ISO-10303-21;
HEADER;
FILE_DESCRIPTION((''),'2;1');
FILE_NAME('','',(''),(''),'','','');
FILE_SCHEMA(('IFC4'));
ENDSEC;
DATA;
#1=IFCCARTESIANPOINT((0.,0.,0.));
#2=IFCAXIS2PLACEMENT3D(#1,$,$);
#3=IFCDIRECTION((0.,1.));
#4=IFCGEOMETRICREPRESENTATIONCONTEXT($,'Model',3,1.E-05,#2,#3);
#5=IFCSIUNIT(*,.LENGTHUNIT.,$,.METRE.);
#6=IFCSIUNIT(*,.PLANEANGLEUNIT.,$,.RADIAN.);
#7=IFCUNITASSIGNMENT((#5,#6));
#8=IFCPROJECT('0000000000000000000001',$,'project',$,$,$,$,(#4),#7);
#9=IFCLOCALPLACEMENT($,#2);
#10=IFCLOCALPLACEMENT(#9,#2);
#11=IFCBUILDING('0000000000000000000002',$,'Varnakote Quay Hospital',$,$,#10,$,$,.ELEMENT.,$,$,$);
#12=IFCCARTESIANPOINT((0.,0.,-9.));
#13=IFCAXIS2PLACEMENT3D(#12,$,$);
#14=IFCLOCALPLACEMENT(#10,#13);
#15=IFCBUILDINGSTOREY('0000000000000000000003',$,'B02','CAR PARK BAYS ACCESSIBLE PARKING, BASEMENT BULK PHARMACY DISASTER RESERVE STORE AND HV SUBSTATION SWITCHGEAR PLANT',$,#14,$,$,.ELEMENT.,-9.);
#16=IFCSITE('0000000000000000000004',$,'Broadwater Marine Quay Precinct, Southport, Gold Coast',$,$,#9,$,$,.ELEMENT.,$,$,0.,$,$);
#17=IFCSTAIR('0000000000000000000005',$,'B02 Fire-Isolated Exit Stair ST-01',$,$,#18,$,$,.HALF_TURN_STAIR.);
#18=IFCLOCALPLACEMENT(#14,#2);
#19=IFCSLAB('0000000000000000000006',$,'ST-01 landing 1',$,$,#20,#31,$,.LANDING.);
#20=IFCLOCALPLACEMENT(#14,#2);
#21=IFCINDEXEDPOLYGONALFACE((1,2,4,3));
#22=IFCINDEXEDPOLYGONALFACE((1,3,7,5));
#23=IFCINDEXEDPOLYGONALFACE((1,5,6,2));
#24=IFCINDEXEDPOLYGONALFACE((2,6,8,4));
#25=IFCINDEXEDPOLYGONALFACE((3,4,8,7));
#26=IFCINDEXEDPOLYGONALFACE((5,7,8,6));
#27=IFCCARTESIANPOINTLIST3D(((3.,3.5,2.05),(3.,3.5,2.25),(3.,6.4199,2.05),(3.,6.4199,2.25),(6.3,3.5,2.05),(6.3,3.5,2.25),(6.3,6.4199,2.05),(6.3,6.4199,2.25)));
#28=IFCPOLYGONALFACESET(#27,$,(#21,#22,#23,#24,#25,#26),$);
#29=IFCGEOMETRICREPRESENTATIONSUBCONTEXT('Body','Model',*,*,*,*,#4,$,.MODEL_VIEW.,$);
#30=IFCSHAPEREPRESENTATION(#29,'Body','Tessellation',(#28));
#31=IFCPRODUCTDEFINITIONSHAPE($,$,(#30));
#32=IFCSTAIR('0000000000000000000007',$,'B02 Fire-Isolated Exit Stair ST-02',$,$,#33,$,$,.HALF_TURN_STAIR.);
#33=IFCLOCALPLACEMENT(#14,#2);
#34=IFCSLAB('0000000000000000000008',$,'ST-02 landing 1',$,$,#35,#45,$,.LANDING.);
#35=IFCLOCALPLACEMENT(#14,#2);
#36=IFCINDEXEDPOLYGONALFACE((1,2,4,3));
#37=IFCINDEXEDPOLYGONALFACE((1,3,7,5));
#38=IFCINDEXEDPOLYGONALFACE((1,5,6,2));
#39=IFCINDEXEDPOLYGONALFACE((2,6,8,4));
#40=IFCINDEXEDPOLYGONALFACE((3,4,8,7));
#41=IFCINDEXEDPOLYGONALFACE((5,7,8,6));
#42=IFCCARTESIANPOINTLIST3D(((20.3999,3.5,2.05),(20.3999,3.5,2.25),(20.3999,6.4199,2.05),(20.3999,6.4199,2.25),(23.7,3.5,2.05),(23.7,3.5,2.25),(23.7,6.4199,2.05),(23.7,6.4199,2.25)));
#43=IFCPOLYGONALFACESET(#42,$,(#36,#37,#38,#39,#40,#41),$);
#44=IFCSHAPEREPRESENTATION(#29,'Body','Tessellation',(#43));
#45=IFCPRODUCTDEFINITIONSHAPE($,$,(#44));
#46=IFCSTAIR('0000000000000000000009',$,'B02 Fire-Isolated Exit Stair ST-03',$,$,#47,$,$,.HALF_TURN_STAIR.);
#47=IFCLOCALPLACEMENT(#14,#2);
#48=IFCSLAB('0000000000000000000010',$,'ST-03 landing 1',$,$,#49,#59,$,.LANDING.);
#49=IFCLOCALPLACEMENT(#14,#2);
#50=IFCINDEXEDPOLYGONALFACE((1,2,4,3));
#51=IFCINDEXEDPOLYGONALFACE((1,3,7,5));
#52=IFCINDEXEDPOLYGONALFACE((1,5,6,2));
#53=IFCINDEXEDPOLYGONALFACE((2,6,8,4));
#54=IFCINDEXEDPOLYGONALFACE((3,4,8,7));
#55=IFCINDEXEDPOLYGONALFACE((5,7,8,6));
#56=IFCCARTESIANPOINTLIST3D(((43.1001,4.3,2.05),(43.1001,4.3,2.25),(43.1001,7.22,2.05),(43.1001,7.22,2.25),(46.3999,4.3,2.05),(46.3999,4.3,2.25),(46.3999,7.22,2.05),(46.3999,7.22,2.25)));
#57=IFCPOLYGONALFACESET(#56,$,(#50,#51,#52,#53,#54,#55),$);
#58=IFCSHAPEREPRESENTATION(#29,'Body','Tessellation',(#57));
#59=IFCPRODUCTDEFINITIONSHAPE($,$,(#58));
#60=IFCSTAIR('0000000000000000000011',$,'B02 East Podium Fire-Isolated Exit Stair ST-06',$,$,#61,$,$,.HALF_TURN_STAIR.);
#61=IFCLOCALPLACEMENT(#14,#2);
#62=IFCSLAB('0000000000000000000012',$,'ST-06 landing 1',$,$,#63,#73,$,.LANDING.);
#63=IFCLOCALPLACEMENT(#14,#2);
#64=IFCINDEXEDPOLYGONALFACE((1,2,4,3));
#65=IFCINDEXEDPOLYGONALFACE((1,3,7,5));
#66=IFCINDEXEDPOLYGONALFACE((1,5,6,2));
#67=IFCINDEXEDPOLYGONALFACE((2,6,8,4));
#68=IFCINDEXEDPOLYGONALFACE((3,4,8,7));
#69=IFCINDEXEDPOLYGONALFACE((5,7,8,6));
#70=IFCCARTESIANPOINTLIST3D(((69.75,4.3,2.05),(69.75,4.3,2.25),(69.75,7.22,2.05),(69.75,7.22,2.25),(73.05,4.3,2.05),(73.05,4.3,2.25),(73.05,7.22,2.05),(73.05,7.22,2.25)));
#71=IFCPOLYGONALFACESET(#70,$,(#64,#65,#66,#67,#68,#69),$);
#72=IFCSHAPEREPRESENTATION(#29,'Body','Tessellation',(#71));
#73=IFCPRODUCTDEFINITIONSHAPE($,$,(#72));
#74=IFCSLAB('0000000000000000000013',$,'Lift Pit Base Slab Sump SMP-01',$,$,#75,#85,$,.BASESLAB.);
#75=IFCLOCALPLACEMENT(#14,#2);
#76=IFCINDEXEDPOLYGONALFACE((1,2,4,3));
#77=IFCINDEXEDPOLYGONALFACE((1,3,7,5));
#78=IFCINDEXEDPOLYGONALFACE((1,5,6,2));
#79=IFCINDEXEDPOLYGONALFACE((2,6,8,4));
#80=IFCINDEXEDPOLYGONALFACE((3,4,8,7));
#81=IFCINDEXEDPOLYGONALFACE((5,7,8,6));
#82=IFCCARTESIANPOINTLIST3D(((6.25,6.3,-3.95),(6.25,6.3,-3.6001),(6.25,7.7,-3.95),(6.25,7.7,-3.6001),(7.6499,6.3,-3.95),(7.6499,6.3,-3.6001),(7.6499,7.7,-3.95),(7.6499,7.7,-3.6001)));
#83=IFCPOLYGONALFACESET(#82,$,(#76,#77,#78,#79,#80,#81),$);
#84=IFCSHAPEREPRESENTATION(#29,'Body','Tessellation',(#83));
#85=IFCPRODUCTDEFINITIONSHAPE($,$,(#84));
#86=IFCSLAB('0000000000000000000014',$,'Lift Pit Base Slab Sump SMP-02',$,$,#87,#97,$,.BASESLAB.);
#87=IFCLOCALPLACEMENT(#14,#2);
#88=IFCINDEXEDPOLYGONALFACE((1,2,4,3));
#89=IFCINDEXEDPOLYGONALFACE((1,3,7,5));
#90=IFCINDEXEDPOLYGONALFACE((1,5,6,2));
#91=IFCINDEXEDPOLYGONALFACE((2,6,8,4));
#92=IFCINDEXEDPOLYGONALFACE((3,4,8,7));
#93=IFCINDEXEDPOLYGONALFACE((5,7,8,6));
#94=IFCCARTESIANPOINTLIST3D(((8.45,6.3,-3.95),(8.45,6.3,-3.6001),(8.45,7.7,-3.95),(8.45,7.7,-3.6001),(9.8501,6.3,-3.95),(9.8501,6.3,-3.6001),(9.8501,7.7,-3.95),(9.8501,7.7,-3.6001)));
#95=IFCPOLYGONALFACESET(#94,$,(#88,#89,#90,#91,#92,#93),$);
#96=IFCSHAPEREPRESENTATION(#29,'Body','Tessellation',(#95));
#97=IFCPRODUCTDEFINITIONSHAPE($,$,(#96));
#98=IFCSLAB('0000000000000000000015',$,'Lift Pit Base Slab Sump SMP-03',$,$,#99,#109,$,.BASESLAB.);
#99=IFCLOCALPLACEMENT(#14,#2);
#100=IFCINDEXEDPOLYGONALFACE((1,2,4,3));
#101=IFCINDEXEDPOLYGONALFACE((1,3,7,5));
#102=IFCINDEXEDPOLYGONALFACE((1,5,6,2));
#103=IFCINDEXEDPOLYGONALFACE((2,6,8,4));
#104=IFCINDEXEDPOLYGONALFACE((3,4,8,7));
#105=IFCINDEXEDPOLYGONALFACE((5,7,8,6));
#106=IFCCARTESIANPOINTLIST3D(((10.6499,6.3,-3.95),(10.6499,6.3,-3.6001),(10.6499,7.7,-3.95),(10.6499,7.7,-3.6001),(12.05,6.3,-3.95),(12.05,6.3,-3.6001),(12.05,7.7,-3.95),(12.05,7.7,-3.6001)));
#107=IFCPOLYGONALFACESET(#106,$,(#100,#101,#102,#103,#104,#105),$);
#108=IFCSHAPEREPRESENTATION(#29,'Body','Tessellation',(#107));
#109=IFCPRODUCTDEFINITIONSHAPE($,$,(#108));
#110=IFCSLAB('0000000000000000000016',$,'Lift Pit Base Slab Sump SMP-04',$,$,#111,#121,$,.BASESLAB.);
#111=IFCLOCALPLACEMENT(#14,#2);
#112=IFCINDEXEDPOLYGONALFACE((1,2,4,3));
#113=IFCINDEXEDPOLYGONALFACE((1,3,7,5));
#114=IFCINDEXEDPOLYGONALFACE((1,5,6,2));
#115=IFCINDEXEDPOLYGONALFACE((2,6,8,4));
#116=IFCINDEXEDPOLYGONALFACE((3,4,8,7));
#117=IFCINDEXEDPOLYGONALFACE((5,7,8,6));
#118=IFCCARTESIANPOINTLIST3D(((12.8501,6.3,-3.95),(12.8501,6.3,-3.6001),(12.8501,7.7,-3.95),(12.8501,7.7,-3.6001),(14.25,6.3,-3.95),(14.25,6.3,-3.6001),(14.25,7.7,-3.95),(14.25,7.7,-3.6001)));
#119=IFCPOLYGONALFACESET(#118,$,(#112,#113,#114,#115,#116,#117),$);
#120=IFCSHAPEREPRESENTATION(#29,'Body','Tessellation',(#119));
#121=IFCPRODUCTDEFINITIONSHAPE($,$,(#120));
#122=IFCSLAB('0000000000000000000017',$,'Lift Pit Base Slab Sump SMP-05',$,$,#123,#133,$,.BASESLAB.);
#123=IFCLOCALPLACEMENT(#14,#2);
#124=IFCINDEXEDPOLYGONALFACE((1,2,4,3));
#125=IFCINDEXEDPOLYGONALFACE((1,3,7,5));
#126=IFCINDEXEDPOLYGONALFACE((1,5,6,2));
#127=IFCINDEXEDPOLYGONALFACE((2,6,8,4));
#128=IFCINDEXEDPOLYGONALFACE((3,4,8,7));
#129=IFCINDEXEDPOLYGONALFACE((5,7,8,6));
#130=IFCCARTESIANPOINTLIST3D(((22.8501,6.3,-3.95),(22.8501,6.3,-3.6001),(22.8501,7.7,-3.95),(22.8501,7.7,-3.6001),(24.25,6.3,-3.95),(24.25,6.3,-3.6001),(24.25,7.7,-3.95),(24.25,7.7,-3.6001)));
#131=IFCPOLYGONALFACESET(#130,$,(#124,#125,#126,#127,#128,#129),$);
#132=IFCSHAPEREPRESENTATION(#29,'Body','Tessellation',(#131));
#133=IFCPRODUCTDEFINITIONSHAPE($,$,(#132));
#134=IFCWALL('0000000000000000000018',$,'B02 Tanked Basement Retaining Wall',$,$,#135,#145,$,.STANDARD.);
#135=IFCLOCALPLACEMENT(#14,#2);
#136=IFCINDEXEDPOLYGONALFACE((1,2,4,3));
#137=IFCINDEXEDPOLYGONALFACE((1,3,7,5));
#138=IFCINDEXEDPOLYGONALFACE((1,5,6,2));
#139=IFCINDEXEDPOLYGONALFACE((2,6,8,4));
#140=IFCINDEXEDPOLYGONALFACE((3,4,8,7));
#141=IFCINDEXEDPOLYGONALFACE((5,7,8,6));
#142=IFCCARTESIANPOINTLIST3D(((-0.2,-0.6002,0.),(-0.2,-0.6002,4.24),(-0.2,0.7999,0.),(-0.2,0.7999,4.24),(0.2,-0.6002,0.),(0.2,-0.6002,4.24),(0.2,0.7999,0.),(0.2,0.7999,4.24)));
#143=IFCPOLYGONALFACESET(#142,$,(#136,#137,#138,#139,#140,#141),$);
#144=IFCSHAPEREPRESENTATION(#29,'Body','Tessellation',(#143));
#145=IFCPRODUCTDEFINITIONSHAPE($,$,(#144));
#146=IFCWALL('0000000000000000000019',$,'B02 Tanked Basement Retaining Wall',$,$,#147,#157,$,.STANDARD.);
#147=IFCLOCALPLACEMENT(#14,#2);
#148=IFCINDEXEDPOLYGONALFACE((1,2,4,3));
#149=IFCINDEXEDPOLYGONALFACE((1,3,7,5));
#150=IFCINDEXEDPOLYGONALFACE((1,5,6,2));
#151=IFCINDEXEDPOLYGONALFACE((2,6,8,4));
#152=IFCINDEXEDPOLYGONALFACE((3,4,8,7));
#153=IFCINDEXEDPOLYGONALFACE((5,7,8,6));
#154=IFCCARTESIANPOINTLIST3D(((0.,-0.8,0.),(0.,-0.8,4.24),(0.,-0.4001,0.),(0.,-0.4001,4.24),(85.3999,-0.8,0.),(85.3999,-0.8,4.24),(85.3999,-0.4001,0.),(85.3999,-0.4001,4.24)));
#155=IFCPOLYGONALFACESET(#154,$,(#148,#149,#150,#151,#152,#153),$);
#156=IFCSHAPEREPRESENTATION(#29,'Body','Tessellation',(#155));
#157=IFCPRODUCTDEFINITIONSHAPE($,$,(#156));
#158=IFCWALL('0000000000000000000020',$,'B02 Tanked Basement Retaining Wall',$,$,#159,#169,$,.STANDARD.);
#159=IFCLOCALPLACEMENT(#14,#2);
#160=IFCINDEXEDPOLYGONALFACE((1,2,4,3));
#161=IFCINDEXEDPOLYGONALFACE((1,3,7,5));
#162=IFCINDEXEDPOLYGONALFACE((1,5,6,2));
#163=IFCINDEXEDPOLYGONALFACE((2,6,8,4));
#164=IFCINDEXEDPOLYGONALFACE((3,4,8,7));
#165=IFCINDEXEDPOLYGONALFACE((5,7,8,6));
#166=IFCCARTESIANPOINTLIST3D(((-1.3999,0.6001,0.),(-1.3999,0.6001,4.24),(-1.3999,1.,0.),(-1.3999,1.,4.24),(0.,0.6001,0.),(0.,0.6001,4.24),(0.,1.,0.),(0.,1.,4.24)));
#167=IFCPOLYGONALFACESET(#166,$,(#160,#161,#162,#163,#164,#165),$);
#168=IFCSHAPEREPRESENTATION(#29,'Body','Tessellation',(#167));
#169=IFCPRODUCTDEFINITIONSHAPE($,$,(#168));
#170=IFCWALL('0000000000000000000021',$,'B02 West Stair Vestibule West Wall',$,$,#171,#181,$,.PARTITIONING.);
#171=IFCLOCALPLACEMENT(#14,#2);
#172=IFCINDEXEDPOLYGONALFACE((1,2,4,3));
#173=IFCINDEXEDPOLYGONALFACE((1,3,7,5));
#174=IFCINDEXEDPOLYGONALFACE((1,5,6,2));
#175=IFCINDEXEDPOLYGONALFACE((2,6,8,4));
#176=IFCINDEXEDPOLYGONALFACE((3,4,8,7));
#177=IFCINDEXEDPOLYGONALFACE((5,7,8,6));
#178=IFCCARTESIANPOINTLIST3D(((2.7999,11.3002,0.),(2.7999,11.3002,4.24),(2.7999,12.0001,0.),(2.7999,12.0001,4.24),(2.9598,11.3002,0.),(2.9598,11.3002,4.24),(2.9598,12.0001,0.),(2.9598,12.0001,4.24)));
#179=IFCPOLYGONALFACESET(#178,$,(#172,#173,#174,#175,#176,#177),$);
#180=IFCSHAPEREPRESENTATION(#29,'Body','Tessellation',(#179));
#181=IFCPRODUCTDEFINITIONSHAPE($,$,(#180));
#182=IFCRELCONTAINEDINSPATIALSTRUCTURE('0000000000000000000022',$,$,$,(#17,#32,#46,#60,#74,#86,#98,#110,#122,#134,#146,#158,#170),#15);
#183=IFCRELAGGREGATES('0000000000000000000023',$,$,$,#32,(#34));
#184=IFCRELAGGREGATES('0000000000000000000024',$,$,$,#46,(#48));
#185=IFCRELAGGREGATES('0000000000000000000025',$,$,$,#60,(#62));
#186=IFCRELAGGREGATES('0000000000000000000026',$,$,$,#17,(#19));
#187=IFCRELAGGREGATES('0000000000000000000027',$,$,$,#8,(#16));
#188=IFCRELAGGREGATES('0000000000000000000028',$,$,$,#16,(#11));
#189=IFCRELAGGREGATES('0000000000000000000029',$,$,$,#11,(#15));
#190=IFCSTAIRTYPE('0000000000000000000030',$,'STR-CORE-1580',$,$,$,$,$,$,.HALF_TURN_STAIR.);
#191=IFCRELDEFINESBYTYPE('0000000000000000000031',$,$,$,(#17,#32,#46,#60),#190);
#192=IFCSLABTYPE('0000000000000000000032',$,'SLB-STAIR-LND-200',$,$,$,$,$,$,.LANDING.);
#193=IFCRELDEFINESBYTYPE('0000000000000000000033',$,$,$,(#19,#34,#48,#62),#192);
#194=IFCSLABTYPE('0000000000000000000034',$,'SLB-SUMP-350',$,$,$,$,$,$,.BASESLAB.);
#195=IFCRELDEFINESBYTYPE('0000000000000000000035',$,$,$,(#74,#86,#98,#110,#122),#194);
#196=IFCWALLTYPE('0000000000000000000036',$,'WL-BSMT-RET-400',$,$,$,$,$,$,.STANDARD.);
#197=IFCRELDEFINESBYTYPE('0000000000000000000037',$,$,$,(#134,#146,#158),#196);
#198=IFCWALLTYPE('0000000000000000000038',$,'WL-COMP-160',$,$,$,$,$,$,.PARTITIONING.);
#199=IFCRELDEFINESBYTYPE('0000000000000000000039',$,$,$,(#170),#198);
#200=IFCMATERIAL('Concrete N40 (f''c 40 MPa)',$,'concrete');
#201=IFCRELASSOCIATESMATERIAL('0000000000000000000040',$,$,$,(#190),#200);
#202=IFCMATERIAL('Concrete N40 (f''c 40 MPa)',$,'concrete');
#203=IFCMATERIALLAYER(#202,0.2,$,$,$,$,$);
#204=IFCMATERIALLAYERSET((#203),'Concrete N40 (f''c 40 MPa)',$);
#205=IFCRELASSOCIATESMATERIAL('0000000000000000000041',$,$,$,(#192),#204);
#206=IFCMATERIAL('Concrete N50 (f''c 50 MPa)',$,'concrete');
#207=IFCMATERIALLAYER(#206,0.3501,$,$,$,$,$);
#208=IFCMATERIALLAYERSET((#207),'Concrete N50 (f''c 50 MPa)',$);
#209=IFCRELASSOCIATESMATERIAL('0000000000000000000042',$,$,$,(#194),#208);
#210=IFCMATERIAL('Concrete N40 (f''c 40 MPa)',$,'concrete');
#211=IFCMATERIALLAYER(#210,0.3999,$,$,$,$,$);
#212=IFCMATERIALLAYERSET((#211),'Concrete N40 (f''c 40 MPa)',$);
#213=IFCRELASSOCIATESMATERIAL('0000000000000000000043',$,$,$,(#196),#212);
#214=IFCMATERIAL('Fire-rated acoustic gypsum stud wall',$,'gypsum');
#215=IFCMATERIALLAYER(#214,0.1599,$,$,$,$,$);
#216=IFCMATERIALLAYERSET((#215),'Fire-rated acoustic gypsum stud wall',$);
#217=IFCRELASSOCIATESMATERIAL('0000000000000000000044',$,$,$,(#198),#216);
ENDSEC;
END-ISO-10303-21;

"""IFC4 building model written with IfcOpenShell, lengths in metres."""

from ifc_helpers import new_model, si_unit, direction, frame, frame_2d, origin, place, context, subcontext, project, spatial, polyline, rectangle, outline, extrude, material, layer, layer_set, type_object, element, aggregate, save


model = new_model("IFC4")

# Units and contexts
model_context = context("Model", 3, precision=1e-05, world=origin(), true_north=direction((0.0, 1.0)))
body_context = subcontext(model_context, "Body", "Model", "MODEL_VIEW")
ifc_project = project(units=[si_unit("LENGTHUNIT", "METRE"), si_unit("PLANEANGLEUNIT", "RADIAN")], contexts=[model_context])

# Site, building, storey
site_placement = place(None, origin())
site = spatial("IfcSite", under=ifc_project, at=site_placement, Name="Broadwater Marine Quay Precinct, Southport, Gold Coast", CompositionType="ELEMENT", RefElevation=0.0)
building_placement = place(site_placement, origin())
building = spatial("IfcBuilding", under=site, at=building_placement, Name="Varnakote Quay Hospital", CompositionType="ELEMENT")
storey_placement = place(building_placement, frame((0.0, 0.0, -9.0)))
storey = spatial("IfcBuildingStorey", under=building, at=storey_placement, Name="B02", Description="CAR PARK BAYS ACCESSIBLE PARKING, BASEMENT BULK PHARMACY DISASTER RESERVE STORE AND HV SUBSTATION SWITCHGEAR PLANT", CompositionType="ELEMENT", Elevation=-9.0)

# Stairs, slabs
ifc_material_1 = material(Name="Concrete N40 (f'c 40 MPa)", Category="concrete")
stair_type = type_object("IfcStairType", Name="STR-CORE-1580", PredefinedType="HALF_TURN_STAIR", material=ifc_material_1)
stair_1_placement = place(storey_placement, origin())
stair_1 = element("IfcStair", 1, at=stair_1_placement, inside=storey, type_object=stair_type, Name="B02 Fire-Isolated Exit Stair ST-01", PredefinedType="HALF_TURN_STAIR")
ifc_material_2 = material(Name="Concrete N40 (f'c 40 MPa)", Category="concrete")
ifc_layer_1 = layer(ifc_material_2, 0.2)
ifc_layer_set_1 = layer_set([ifc_layer_1], Name="Concrete N40 (f'c 40 MPa)")
slab_type_1 = type_object("IfcSlabType", Name="SLB-STAIR-LND-200", PredefinedType="LANDING", material=ifc_layer_set_1)
slab_1_placement = place(storey_placement, frame((0.0, 0.0, 2.05)))
slab_1 = element("IfcSlab", 2, at=slab_1_placement, type_object=slab_type_1, Name="ST-01 landing 1", PredefinedType="LANDING", context=body_context, shape_type="SweptSolid", body=[
    extrude(outline(polyline([(3.0, 6.4199), (3.0, 3.5), (6.3, 3.5), (6.3, 6.4199), (3.0, 6.4199)])), origin(), (0.0, 0.0, 1.0), 0.2),
])
stair_2_placement = place(storey_placement, origin())
stair_2 = element("IfcStair", 3, at=stair_2_placement, inside=storey, type_object=stair_type, Name="B02 Fire-Isolated Exit Stair ST-02", PredefinedType="HALF_TURN_STAIR")
slab_2_placement = place(storey_placement, frame((0.0, 0.0, 2.05)))
slab_2 = element("IfcSlab", 4, at=slab_2_placement, type_object=slab_type_1, Name="ST-02 landing 1", PredefinedType="LANDING", context=body_context, shape_type="SweptSolid", body=[
    extrude(outline(polyline([(20.3999, 6.4199), (20.3999, 3.5), (23.7, 3.5), (23.7, 6.4199), (20.3999, 6.4199)])), origin(), (0.0, 0.0, 1.0), 0.2),
])
aggregate(stair_2, [slab_2])
stair_3_placement = place(storey_placement, origin())
stair_3 = element("IfcStair", 5, at=stair_3_placement, inside=storey, type_object=stair_type, Name="B02 Fire-Isolated Exit Stair ST-03", PredefinedType="HALF_TURN_STAIR")
slab_3_placement = place(storey_placement, frame((0.0, 0.0, 2.05)))
slab_3 = element("IfcSlab", 6, at=slab_3_placement, type_object=slab_type_1, Name="ST-03 landing 1", PredefinedType="LANDING", context=body_context, shape_type="SweptSolid", body=[
    extrude(outline(polyline([(43.1001, 7.22), (43.1001, 4.3), (46.3999, 4.3), (46.3999, 7.22), (43.1001, 7.22)])), origin(), (0.0, 0.0, 1.0), 0.2),
])
aggregate(stair_3, [slab_3])
stair_4_placement = place(storey_placement, origin())
stair_4 = element("IfcStair", 7, at=stair_4_placement, inside=storey, type_object=stair_type, Name="B02 East Podium Fire-Isolated Exit Stair ST-06", PredefinedType="HALF_TURN_STAIR")
slab_4_placement = place(storey_placement, frame((0.0, 0.0, 2.05)))
slab_4 = element("IfcSlab", 8, at=slab_4_placement, type_object=slab_type_1, Name="ST-06 landing 1", PredefinedType="LANDING", context=body_context, shape_type="SweptSolid", body=[
    extrude(outline(polyline([(69.75, 7.22), (69.75, 4.3), (73.05, 4.3), (73.05, 7.22), (69.75, 7.22)])), origin(), (0.0, 0.0, 1.0), 0.2),
])
aggregate(stair_4, [slab_4])

# Slabs
ifc_material_3 = material(Name="Concrete N50 (f'c 50 MPa)", Category="concrete")
ifc_layer_2 = layer(ifc_material_3, 0.3501)
ifc_layer_set_2 = layer_set([ifc_layer_2], Name="Concrete N50 (f'c 50 MPa)")
slab_type_2 = type_object("IfcSlabType", Name="SLB-SUMP-350", PredefinedType="BASESLAB", material=ifc_layer_set_2)
slab_5_placement = place(storey_placement, frame((0.0, 0.0, -3.95)))
element("IfcSlab", 9, at=slab_5_placement, inside=storey, type_object=slab_type_2, Name="Lift Pit Base Slab Sump SMP-01", PredefinedType="BASESLAB", context=body_context, shape_type="SweptSolid", body=[
    extrude(outline(polyline([(6.25, 6.3), (7.6499, 6.3), (7.6499, 7.7), (6.25, 7.7), (6.25, 6.3)])), origin(), (0.0, 0.0, 1.0), 0.3499),
])
slab_6_placement = place(storey_placement, frame((0.0, 0.0, -3.95)))
element("IfcSlab", 10, at=slab_6_placement, inside=storey, type_object=slab_type_2, Name="Lift Pit Base Slab Sump SMP-02", PredefinedType="BASESLAB", context=body_context, shape_type="SweptSolid", body=[
    extrude(outline(polyline([(8.45, 6.3), (9.8501, 6.3), (9.8501, 7.7), (8.45, 7.7), (8.45, 6.3)])), origin(), (0.0, 0.0, 1.0), 0.3499),
])
slab_7_placement = place(storey_placement, frame((0.0, 0.0, -3.95)))
element("IfcSlab", 11, at=slab_7_placement, inside=storey, type_object=slab_type_2, Name="Lift Pit Base Slab Sump SMP-03", PredefinedType="BASESLAB", context=body_context, shape_type="SweptSolid", body=[
    extrude(outline(polyline([(10.6499, 6.3), (12.05, 6.3), (12.05, 7.7), (10.6499, 7.7), (10.6499, 6.3)])), origin(), (0.0, 0.0, 1.0), 0.3499),
])
slab_8_placement = place(storey_placement, frame((0.0, 0.0, -3.95)))
element("IfcSlab", 12, at=slab_8_placement, inside=storey, type_object=slab_type_2, Name="Lift Pit Base Slab Sump SMP-04", PredefinedType="BASESLAB", context=body_context, shape_type="SweptSolid", body=[
    extrude(outline(polyline([(12.8501, 6.3), (14.25, 6.3), (14.25, 7.7), (12.8501, 7.7), (12.8501, 6.3)])), origin(), (0.0, 0.0, 1.0), 0.3499),
])
slab_9_placement = place(storey_placement, frame((0.0, 0.0, -3.95)))
element("IfcSlab", 13, at=slab_9_placement, inside=storey, type_object=slab_type_2, Name="Lift Pit Base Slab Sump SMP-05", PredefinedType="BASESLAB", context=body_context, shape_type="SweptSolid", body=[
    extrude(outline(polyline([(22.8501, 6.3), (24.25, 6.3), (24.25, 7.7), (22.8501, 7.7), (22.8501, 6.3)])), origin(), (0.0, 0.0, 1.0), 0.3499),
])

# Walls
ifc_material_4 = material(Name="Concrete N40 (f'c 40 MPa)", Category="concrete")
ifc_layer_3 = layer(ifc_material_4, 0.3999)
ifc_layer_set_3 = layer_set([ifc_layer_3], Name="Concrete N40 (f'c 40 MPa)")
wall_type_1 = type_object("IfcWallType", Name="WL-BSMT-RET-400", PredefinedType="STANDARD", material=ifc_layer_set_3)
wall_1_placement = place(storey_placement, frame((0.0, 0.8, 0.0), z_axis=(0.0, 0.0, 1.0), x_axis=(0.0, -1.0, 0.0)))
element("IfcWall", 14, at=wall_1_placement, inside=storey, type_object=wall_type_1, Name="B02 Tanked Basement Retaining Wall", PredefinedType="STANDARD", context=body_context, shape_type="SweptSolid", body=[
    extrude(rectangle(XDim=1.4001, YDim=0.3999, at=frame_2d((0.7002, 0.0))), origin(), (0.0, 0.0, 1.0), 4.24),
])
wall_2_placement = place(storey_placement, frame((0.0, -0.6001, 0.0), z_axis=(0.0, 0.0, 1.0), x_axis=(1.0, 0.0, 0.0)))
element("IfcWall", 15, at=wall_2_placement, inside=storey, type_object=wall_type_1, Name="B02 Tanked Basement Retaining Wall", PredefinedType="STANDARD", context=body_context, shape_type="SweptSolid", body=[
    extrude(rectangle(XDim=85.3999, YDim=0.3999, at=frame_2d((42.7, 0.0))), origin(), (0.0, 0.0, 1.0), 4.24),
])
wall_3_placement = place(storey_placement, frame((-1.3999, 0.8, 0.0), z_axis=(0.0, 0.0, 1.0), x_axis=(1.0, 0.0, 0.0)))
element("IfcWall", 16, at=wall_3_placement, inside=storey, type_object=wall_type_1, Name="B02 Tanked Basement Retaining Wall", PredefinedType="STANDARD", context=body_context, shape_type="SweptSolid", body=[
    extrude(rectangle(XDim=1.3999, YDim=0.3999, at=frame_2d((0.7, 0.0))), origin(), (0.0, 0.0, 1.0), 4.24),
])
ifc_material_5 = material(Name="Fire-rated acoustic gypsum stud wall", Category="gypsum")
ifc_layer_4 = layer(ifc_material_5, 0.1599)
ifc_layer_set_4 = layer_set([ifc_layer_4], Name="Fire-rated acoustic gypsum stud wall")
wall_type_2 = type_object("IfcWallType", Name="WL-COMP-160", PredefinedType="PARTITIONING", material=ifc_layer_set_4)
wall_4_placement = place(storey_placement, frame((2.8799, 11.3, 0.0), z_axis=(0.0, 0.0, 1.0), x_axis=(0.0, 1.0, 0.0)))
element("IfcWall", 17, at=wall_4_placement, inside=storey, type_object=wall_type_2, Name="B02 West Stair Vestibule West Wall", PredefinedType="PARTITIONING", context=body_context, shape_type="SweptSolid", body=[
    extrude(rectangle(XDim=0.7, YDim=0.1599, at=frame_2d((0.3501, 0.0))), origin(), (0.0, 0.0, 1.0), 4.24),
])

aggregate(stair_1, [slab_1])

save(model, "model.ifc")
